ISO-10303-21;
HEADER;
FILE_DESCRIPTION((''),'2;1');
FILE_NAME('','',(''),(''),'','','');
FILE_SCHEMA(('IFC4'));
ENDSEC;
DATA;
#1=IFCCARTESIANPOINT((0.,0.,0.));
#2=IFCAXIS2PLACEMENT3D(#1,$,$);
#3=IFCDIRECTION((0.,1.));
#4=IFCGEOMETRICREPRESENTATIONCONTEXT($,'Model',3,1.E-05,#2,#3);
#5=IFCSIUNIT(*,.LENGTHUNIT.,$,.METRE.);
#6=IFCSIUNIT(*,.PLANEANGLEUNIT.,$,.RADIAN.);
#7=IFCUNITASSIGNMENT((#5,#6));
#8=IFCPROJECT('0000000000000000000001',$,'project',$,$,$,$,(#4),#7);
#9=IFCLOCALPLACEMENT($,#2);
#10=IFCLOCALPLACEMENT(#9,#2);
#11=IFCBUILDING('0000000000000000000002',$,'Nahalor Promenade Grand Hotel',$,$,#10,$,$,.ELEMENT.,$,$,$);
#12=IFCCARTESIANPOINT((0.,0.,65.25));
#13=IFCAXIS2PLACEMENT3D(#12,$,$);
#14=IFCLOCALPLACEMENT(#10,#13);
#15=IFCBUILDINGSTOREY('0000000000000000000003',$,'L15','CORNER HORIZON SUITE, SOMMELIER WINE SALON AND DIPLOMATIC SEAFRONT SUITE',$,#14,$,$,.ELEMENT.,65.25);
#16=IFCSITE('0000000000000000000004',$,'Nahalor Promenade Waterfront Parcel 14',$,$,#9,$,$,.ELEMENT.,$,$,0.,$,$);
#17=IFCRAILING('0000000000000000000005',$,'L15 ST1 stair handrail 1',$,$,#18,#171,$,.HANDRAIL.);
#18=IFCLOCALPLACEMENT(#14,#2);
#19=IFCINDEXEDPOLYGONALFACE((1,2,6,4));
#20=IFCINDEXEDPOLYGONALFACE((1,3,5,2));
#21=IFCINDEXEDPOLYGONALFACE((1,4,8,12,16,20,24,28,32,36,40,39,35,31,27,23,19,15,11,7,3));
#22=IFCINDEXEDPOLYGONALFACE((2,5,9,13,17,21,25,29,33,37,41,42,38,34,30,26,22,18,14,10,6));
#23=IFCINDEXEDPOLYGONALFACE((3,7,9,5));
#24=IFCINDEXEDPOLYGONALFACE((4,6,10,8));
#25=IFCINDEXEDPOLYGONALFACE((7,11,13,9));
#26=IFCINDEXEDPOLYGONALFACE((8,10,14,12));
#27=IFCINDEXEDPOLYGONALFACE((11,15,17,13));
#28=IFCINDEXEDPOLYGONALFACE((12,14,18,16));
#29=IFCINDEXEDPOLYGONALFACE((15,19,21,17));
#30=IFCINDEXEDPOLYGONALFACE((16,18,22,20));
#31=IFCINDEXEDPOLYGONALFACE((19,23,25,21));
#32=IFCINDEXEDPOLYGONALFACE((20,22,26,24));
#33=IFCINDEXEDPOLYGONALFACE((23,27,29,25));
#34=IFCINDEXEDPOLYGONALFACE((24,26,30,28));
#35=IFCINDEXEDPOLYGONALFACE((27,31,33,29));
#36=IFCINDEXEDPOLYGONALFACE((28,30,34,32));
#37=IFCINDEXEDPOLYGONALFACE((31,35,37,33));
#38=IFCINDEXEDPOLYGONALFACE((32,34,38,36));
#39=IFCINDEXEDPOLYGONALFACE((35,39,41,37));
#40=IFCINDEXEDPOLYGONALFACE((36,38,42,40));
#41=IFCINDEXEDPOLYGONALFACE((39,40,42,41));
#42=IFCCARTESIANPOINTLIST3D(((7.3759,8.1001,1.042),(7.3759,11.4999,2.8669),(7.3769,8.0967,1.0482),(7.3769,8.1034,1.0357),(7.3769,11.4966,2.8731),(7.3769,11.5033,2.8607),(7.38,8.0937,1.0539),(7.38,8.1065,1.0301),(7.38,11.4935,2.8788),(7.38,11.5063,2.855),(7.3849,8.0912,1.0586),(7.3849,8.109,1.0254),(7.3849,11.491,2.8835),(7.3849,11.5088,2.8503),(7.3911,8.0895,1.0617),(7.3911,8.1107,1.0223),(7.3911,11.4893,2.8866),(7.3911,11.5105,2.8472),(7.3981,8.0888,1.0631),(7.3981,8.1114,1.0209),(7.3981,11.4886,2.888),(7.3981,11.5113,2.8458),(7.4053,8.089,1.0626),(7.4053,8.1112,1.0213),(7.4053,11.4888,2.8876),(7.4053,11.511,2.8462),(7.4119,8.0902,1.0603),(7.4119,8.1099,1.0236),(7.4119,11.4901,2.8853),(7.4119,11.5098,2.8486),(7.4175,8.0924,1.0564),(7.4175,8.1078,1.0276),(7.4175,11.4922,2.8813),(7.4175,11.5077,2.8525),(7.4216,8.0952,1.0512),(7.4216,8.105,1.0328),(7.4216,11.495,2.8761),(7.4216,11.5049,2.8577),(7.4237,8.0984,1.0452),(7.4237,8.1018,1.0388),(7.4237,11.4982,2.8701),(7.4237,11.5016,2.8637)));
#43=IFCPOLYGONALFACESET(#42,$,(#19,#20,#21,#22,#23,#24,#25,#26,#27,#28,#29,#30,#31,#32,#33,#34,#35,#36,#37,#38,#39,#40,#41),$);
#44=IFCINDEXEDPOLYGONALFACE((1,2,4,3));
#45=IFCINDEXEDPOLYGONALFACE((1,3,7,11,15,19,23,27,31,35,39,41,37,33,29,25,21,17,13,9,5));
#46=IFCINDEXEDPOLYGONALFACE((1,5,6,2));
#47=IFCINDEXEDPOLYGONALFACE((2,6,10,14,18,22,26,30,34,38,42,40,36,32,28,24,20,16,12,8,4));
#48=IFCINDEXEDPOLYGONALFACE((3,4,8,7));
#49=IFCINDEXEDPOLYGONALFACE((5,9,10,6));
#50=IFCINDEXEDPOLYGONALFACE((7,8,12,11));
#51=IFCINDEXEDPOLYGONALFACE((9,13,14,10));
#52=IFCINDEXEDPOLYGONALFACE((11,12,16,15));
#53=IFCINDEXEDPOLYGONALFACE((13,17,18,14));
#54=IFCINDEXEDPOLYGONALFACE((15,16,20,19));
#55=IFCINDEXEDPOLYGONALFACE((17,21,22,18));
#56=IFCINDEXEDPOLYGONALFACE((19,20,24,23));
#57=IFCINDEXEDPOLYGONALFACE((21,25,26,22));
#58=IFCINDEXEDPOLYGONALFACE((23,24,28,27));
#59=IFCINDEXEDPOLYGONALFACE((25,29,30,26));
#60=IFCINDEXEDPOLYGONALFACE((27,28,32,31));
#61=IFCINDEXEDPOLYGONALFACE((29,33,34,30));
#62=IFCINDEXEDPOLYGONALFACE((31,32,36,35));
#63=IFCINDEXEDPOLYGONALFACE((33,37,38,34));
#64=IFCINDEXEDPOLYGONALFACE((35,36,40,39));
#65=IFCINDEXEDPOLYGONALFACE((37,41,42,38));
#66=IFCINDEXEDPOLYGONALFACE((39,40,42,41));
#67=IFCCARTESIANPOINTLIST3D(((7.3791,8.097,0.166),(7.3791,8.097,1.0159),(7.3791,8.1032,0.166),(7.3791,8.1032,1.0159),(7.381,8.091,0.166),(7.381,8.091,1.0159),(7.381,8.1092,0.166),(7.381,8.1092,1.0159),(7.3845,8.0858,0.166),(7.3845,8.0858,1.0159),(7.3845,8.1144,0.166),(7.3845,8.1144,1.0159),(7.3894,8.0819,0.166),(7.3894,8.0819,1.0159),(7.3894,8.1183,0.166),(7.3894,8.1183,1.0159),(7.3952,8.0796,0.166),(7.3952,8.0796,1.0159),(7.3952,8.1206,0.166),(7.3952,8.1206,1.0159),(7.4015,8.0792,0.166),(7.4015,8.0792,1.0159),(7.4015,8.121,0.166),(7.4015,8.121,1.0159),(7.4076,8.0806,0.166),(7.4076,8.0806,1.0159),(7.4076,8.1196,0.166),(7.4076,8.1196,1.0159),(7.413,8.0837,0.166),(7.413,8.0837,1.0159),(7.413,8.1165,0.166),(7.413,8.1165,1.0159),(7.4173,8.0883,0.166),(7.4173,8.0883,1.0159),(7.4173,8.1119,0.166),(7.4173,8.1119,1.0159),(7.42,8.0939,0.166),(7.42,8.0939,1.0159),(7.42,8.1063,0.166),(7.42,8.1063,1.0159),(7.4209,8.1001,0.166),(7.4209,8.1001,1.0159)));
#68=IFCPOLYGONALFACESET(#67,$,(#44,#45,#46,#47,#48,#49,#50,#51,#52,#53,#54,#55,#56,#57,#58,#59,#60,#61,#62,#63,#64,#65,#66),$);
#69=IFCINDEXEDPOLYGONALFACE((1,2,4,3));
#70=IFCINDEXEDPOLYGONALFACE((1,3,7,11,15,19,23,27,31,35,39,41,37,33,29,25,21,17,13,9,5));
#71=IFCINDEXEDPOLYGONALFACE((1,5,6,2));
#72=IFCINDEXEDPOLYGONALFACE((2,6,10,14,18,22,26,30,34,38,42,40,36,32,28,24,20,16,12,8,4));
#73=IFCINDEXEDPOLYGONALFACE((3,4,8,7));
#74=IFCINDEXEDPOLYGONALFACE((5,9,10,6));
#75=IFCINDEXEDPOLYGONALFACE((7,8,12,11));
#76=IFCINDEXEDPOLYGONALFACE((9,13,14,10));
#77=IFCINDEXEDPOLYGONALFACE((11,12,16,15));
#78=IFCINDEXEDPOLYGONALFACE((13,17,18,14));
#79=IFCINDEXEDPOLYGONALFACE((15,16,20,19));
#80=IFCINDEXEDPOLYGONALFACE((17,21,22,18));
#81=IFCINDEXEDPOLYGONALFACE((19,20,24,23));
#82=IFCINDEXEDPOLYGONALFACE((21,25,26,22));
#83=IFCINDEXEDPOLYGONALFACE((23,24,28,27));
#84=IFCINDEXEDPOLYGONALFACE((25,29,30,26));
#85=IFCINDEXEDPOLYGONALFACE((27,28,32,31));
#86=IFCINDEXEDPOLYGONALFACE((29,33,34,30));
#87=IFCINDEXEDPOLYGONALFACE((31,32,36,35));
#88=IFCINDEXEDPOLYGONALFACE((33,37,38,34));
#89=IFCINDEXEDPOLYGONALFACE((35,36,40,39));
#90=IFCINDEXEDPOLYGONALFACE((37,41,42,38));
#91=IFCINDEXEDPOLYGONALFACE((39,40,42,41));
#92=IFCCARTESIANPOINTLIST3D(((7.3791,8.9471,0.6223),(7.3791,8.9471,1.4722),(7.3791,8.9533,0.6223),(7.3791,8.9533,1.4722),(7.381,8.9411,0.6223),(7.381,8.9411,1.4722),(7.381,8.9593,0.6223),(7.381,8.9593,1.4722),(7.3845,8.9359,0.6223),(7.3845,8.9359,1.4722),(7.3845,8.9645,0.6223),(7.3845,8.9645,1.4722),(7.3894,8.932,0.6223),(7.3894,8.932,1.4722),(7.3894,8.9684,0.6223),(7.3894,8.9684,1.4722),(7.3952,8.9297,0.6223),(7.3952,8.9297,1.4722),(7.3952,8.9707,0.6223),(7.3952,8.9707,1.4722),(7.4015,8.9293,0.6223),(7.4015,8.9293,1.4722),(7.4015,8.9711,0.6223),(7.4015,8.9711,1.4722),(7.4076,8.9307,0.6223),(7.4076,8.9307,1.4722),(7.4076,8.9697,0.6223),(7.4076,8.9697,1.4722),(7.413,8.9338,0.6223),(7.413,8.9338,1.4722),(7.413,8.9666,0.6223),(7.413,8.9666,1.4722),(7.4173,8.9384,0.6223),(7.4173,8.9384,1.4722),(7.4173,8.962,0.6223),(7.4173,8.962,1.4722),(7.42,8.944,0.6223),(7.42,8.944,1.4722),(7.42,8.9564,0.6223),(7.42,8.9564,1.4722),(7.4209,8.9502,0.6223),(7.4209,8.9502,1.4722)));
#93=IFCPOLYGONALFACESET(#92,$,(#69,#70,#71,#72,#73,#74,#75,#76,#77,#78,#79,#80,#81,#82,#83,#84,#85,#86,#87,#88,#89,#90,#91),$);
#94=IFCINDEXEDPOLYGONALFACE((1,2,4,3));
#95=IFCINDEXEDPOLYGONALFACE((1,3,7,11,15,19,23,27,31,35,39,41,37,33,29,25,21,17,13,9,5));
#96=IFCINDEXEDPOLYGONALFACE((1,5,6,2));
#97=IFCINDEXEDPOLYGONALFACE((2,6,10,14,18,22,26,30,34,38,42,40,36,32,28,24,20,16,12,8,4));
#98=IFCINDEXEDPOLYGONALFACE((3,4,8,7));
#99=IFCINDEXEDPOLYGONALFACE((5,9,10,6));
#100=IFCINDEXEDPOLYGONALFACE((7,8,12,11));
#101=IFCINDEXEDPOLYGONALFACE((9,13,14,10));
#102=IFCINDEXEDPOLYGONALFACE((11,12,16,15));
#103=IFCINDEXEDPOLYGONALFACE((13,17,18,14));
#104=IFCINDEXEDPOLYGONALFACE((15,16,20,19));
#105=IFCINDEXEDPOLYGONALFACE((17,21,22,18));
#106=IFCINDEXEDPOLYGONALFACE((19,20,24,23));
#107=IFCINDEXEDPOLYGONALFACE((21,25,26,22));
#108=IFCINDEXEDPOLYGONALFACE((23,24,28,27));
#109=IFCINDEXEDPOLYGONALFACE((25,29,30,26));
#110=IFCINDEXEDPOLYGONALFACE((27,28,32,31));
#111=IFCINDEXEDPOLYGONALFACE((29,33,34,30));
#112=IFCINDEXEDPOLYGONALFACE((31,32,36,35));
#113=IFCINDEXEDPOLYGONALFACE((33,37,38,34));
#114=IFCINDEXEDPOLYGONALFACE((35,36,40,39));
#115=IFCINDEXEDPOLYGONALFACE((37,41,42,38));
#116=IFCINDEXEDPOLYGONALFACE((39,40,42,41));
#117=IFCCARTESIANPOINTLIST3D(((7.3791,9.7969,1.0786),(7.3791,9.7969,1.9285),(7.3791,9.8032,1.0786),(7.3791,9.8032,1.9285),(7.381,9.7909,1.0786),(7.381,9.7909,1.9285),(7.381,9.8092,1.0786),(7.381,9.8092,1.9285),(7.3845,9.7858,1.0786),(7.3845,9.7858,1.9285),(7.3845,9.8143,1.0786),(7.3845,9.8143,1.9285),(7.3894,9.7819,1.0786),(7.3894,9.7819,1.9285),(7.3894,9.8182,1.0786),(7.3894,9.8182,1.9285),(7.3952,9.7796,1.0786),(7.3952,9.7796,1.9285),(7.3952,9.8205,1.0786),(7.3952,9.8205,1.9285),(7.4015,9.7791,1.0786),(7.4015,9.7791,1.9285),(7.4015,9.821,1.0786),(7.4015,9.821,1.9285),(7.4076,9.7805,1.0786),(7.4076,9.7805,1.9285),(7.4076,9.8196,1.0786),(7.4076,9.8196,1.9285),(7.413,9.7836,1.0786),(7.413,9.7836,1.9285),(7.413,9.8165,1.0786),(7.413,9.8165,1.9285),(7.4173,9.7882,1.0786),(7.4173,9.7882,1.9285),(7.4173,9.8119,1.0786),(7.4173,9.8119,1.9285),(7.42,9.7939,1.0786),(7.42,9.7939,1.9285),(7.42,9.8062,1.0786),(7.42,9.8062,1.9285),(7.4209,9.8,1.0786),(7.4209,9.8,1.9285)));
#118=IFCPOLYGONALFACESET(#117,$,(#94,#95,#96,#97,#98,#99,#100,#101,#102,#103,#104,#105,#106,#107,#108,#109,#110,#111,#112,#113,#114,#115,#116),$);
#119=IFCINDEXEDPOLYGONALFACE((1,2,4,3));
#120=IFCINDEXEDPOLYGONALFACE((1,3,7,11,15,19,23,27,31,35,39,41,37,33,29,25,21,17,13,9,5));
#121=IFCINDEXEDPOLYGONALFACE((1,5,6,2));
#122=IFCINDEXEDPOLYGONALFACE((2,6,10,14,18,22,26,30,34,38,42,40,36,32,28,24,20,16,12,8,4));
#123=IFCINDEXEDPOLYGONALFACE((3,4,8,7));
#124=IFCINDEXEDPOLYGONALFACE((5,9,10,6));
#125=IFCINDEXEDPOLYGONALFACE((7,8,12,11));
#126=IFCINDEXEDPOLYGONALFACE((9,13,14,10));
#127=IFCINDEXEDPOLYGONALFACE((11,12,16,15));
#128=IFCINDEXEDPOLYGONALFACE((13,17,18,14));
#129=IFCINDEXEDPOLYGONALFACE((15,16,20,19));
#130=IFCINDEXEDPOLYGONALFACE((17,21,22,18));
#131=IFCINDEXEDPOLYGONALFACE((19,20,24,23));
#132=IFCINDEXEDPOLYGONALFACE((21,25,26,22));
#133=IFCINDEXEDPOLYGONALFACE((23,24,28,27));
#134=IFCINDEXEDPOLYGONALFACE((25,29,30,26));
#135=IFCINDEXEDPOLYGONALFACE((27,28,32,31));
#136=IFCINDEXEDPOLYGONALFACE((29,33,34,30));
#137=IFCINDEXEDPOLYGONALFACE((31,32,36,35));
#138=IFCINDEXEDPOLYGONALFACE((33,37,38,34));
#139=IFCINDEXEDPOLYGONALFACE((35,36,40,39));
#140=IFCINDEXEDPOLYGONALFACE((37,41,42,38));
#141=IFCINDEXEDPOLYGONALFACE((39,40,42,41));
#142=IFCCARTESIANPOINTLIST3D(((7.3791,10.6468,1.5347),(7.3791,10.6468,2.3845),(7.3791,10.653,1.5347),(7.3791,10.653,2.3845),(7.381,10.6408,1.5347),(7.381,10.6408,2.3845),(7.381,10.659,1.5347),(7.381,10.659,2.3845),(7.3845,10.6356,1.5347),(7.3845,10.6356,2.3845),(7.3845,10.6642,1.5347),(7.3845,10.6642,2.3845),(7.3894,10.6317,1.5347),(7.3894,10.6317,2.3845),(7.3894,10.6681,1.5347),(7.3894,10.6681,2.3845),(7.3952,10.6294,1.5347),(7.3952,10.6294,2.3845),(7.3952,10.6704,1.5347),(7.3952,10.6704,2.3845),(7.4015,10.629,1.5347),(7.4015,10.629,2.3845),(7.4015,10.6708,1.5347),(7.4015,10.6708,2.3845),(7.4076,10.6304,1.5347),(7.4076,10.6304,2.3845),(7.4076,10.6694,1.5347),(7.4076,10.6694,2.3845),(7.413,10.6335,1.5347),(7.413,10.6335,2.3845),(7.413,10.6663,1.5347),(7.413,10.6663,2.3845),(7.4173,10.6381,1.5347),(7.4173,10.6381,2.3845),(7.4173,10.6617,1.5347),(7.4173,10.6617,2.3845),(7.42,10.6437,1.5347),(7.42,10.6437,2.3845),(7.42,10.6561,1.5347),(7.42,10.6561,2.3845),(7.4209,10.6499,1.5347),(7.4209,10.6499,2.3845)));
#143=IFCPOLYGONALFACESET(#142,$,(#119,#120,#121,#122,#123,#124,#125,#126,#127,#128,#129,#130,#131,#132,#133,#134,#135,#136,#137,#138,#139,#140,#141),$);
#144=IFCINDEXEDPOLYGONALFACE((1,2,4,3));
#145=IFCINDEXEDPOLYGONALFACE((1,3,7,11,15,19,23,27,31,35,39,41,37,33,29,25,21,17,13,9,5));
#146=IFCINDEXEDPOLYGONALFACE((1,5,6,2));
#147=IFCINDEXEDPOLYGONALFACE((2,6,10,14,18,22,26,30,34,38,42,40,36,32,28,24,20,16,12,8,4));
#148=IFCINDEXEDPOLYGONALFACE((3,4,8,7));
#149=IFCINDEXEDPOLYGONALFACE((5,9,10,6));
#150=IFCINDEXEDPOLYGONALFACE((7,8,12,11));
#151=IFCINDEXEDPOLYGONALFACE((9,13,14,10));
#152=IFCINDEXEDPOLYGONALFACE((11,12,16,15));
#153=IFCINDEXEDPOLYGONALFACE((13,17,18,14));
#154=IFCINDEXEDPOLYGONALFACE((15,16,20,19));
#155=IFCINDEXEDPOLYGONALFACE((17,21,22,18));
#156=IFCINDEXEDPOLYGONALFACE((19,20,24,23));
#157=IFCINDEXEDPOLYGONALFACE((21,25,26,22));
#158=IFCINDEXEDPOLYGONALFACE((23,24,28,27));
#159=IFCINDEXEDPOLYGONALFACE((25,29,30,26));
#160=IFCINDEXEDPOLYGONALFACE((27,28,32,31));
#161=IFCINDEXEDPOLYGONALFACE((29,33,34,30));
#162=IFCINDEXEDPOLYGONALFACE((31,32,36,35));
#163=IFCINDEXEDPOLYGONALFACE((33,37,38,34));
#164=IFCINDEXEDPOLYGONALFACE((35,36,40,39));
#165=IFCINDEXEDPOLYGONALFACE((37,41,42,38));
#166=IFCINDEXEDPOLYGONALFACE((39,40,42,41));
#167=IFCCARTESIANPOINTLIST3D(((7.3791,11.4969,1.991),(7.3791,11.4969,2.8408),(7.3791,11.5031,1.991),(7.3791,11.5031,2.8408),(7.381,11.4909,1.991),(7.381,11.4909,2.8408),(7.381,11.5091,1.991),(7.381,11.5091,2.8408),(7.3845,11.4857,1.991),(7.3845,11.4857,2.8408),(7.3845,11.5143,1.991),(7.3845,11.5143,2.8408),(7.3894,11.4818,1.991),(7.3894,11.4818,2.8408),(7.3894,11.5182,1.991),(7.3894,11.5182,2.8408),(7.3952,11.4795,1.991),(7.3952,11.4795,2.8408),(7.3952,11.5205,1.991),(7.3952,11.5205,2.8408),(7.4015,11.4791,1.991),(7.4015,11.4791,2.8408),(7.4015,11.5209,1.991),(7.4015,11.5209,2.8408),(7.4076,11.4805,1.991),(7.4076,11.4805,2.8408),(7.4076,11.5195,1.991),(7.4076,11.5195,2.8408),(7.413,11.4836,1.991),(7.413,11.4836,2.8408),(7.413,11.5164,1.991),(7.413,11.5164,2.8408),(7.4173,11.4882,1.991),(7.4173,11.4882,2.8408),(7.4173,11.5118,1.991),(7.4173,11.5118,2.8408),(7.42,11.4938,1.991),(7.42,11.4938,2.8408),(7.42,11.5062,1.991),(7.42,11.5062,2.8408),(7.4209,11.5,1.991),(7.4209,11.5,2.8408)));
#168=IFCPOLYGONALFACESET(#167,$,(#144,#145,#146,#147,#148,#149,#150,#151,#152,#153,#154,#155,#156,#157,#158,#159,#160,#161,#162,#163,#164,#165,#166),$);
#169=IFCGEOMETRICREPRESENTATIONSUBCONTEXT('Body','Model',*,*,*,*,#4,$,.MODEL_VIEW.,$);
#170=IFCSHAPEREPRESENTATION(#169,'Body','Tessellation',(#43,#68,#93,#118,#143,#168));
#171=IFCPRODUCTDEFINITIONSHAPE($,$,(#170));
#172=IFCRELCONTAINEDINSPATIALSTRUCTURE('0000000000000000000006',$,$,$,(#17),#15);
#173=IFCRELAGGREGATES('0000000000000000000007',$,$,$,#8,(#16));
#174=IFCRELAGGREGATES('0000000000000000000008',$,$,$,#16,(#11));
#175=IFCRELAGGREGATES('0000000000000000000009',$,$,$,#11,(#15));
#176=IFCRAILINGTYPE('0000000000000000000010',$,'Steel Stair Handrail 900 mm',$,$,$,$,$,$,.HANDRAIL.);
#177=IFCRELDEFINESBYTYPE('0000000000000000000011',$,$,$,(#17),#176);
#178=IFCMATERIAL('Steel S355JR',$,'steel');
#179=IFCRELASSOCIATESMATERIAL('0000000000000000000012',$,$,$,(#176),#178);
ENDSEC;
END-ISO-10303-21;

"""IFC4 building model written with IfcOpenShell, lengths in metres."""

from ifc_helpers import new_model, si_unit, direction, frame, origin, origin_2d, place, context, subcontext, project, spatial, circle, extrude, material, type_object, element, save


model = new_model("IFC4")

# Units and contexts
model_context = context("Model", 3, precision=1e-05, world=origin(), true_north=direction((0.0, 1.0)))
body_context = subcontext(model_context, "Body", "Model", "MODEL_VIEW")
ifc_project = project(units=[si_unit("LENGTHUNIT", "METRE"), si_unit("PLANEANGLEUNIT", "RADIAN")], contexts=[model_context])

# Site, building, storey
site_placement = place(None, origin())
site = spatial("IfcSite", under=ifc_project, at=site_placement, Name="Nahalor Promenade Waterfront Parcel 14", CompositionType="ELEMENT", RefElevation=0.0)
building_placement = place(site_placement, origin())
building = spatial("IfcBuilding", under=site, at=building_placement, Name="Nahalor Promenade Grand Hotel", CompositionType="ELEMENT")
storey_placement = place(building_placement, frame((0.0, 0.0, 65.25)))
storey = spatial("IfcBuildingStorey", under=building, at=storey_placement, Name="L15", Description="CORNER HORIZON SUITE, SOMMELIER WINE SALON AND DIPLOMATIC SEAFRONT SUITE", CompositionType="ELEMENT", Elevation=65.25)

# Shared definitions
ifc_material_1 = material(Name="Steel S355JR", Category="steel")

# Railing
railing_type_1 = type_object("IfcRailingType", Name="Steel Stair Handrail 900 mm", PredefinedType="HANDRAIL", material=ifc_material_1)
railing_1_placement = place(storey_placement, frame((7.3999, 8.1001, 0.166)))
element("IfcRailing", 1, at=railing_1_placement, inside=storey, type_object=railing_type_1, Name="L15 ST1 stair handrail 1", PredefinedType="HANDRAIL", context=body_context, shape_type="SweptSolid", body=[
    extrude(circle(Radius=0.024, at=origin_2d()), frame((0.0, 0.0, 0.876), z_axis=(0.0, 0.881094, 0.472941), x_axis=(-1.0, 0.0, 0.0)), (0.0, 0.0, 1.0), 3.8586),
    extrude(circle(Radius=0.021, at=origin_2d()), origin(), (0.0, 0.0, 1.0), 0.8499),
    extrude(circle(Radius=0.021, at=origin_2d()), frame((0.0, 0.8501, 0.4563)), (0.0, 0.0, 1.0), 0.8499),
    extrude(circle(Radius=0.021, at=origin_2d()), frame((0.0, 1.7, 0.9126)), (0.0, 0.0, 1.0), 0.8499),
    extrude(circle(Radius=0.021, at=origin_2d()), frame((0.0, 2.5498, 1.3687)), (0.0, 0.0, 1.0), 0.8499),
    extrude(circle(Radius=0.021, at=origin_2d()), frame((0.0, 3.3999, 1.825)), (0.0, 0.0, 1.0), 0.8499),
])

save(model, "model.ifc")
